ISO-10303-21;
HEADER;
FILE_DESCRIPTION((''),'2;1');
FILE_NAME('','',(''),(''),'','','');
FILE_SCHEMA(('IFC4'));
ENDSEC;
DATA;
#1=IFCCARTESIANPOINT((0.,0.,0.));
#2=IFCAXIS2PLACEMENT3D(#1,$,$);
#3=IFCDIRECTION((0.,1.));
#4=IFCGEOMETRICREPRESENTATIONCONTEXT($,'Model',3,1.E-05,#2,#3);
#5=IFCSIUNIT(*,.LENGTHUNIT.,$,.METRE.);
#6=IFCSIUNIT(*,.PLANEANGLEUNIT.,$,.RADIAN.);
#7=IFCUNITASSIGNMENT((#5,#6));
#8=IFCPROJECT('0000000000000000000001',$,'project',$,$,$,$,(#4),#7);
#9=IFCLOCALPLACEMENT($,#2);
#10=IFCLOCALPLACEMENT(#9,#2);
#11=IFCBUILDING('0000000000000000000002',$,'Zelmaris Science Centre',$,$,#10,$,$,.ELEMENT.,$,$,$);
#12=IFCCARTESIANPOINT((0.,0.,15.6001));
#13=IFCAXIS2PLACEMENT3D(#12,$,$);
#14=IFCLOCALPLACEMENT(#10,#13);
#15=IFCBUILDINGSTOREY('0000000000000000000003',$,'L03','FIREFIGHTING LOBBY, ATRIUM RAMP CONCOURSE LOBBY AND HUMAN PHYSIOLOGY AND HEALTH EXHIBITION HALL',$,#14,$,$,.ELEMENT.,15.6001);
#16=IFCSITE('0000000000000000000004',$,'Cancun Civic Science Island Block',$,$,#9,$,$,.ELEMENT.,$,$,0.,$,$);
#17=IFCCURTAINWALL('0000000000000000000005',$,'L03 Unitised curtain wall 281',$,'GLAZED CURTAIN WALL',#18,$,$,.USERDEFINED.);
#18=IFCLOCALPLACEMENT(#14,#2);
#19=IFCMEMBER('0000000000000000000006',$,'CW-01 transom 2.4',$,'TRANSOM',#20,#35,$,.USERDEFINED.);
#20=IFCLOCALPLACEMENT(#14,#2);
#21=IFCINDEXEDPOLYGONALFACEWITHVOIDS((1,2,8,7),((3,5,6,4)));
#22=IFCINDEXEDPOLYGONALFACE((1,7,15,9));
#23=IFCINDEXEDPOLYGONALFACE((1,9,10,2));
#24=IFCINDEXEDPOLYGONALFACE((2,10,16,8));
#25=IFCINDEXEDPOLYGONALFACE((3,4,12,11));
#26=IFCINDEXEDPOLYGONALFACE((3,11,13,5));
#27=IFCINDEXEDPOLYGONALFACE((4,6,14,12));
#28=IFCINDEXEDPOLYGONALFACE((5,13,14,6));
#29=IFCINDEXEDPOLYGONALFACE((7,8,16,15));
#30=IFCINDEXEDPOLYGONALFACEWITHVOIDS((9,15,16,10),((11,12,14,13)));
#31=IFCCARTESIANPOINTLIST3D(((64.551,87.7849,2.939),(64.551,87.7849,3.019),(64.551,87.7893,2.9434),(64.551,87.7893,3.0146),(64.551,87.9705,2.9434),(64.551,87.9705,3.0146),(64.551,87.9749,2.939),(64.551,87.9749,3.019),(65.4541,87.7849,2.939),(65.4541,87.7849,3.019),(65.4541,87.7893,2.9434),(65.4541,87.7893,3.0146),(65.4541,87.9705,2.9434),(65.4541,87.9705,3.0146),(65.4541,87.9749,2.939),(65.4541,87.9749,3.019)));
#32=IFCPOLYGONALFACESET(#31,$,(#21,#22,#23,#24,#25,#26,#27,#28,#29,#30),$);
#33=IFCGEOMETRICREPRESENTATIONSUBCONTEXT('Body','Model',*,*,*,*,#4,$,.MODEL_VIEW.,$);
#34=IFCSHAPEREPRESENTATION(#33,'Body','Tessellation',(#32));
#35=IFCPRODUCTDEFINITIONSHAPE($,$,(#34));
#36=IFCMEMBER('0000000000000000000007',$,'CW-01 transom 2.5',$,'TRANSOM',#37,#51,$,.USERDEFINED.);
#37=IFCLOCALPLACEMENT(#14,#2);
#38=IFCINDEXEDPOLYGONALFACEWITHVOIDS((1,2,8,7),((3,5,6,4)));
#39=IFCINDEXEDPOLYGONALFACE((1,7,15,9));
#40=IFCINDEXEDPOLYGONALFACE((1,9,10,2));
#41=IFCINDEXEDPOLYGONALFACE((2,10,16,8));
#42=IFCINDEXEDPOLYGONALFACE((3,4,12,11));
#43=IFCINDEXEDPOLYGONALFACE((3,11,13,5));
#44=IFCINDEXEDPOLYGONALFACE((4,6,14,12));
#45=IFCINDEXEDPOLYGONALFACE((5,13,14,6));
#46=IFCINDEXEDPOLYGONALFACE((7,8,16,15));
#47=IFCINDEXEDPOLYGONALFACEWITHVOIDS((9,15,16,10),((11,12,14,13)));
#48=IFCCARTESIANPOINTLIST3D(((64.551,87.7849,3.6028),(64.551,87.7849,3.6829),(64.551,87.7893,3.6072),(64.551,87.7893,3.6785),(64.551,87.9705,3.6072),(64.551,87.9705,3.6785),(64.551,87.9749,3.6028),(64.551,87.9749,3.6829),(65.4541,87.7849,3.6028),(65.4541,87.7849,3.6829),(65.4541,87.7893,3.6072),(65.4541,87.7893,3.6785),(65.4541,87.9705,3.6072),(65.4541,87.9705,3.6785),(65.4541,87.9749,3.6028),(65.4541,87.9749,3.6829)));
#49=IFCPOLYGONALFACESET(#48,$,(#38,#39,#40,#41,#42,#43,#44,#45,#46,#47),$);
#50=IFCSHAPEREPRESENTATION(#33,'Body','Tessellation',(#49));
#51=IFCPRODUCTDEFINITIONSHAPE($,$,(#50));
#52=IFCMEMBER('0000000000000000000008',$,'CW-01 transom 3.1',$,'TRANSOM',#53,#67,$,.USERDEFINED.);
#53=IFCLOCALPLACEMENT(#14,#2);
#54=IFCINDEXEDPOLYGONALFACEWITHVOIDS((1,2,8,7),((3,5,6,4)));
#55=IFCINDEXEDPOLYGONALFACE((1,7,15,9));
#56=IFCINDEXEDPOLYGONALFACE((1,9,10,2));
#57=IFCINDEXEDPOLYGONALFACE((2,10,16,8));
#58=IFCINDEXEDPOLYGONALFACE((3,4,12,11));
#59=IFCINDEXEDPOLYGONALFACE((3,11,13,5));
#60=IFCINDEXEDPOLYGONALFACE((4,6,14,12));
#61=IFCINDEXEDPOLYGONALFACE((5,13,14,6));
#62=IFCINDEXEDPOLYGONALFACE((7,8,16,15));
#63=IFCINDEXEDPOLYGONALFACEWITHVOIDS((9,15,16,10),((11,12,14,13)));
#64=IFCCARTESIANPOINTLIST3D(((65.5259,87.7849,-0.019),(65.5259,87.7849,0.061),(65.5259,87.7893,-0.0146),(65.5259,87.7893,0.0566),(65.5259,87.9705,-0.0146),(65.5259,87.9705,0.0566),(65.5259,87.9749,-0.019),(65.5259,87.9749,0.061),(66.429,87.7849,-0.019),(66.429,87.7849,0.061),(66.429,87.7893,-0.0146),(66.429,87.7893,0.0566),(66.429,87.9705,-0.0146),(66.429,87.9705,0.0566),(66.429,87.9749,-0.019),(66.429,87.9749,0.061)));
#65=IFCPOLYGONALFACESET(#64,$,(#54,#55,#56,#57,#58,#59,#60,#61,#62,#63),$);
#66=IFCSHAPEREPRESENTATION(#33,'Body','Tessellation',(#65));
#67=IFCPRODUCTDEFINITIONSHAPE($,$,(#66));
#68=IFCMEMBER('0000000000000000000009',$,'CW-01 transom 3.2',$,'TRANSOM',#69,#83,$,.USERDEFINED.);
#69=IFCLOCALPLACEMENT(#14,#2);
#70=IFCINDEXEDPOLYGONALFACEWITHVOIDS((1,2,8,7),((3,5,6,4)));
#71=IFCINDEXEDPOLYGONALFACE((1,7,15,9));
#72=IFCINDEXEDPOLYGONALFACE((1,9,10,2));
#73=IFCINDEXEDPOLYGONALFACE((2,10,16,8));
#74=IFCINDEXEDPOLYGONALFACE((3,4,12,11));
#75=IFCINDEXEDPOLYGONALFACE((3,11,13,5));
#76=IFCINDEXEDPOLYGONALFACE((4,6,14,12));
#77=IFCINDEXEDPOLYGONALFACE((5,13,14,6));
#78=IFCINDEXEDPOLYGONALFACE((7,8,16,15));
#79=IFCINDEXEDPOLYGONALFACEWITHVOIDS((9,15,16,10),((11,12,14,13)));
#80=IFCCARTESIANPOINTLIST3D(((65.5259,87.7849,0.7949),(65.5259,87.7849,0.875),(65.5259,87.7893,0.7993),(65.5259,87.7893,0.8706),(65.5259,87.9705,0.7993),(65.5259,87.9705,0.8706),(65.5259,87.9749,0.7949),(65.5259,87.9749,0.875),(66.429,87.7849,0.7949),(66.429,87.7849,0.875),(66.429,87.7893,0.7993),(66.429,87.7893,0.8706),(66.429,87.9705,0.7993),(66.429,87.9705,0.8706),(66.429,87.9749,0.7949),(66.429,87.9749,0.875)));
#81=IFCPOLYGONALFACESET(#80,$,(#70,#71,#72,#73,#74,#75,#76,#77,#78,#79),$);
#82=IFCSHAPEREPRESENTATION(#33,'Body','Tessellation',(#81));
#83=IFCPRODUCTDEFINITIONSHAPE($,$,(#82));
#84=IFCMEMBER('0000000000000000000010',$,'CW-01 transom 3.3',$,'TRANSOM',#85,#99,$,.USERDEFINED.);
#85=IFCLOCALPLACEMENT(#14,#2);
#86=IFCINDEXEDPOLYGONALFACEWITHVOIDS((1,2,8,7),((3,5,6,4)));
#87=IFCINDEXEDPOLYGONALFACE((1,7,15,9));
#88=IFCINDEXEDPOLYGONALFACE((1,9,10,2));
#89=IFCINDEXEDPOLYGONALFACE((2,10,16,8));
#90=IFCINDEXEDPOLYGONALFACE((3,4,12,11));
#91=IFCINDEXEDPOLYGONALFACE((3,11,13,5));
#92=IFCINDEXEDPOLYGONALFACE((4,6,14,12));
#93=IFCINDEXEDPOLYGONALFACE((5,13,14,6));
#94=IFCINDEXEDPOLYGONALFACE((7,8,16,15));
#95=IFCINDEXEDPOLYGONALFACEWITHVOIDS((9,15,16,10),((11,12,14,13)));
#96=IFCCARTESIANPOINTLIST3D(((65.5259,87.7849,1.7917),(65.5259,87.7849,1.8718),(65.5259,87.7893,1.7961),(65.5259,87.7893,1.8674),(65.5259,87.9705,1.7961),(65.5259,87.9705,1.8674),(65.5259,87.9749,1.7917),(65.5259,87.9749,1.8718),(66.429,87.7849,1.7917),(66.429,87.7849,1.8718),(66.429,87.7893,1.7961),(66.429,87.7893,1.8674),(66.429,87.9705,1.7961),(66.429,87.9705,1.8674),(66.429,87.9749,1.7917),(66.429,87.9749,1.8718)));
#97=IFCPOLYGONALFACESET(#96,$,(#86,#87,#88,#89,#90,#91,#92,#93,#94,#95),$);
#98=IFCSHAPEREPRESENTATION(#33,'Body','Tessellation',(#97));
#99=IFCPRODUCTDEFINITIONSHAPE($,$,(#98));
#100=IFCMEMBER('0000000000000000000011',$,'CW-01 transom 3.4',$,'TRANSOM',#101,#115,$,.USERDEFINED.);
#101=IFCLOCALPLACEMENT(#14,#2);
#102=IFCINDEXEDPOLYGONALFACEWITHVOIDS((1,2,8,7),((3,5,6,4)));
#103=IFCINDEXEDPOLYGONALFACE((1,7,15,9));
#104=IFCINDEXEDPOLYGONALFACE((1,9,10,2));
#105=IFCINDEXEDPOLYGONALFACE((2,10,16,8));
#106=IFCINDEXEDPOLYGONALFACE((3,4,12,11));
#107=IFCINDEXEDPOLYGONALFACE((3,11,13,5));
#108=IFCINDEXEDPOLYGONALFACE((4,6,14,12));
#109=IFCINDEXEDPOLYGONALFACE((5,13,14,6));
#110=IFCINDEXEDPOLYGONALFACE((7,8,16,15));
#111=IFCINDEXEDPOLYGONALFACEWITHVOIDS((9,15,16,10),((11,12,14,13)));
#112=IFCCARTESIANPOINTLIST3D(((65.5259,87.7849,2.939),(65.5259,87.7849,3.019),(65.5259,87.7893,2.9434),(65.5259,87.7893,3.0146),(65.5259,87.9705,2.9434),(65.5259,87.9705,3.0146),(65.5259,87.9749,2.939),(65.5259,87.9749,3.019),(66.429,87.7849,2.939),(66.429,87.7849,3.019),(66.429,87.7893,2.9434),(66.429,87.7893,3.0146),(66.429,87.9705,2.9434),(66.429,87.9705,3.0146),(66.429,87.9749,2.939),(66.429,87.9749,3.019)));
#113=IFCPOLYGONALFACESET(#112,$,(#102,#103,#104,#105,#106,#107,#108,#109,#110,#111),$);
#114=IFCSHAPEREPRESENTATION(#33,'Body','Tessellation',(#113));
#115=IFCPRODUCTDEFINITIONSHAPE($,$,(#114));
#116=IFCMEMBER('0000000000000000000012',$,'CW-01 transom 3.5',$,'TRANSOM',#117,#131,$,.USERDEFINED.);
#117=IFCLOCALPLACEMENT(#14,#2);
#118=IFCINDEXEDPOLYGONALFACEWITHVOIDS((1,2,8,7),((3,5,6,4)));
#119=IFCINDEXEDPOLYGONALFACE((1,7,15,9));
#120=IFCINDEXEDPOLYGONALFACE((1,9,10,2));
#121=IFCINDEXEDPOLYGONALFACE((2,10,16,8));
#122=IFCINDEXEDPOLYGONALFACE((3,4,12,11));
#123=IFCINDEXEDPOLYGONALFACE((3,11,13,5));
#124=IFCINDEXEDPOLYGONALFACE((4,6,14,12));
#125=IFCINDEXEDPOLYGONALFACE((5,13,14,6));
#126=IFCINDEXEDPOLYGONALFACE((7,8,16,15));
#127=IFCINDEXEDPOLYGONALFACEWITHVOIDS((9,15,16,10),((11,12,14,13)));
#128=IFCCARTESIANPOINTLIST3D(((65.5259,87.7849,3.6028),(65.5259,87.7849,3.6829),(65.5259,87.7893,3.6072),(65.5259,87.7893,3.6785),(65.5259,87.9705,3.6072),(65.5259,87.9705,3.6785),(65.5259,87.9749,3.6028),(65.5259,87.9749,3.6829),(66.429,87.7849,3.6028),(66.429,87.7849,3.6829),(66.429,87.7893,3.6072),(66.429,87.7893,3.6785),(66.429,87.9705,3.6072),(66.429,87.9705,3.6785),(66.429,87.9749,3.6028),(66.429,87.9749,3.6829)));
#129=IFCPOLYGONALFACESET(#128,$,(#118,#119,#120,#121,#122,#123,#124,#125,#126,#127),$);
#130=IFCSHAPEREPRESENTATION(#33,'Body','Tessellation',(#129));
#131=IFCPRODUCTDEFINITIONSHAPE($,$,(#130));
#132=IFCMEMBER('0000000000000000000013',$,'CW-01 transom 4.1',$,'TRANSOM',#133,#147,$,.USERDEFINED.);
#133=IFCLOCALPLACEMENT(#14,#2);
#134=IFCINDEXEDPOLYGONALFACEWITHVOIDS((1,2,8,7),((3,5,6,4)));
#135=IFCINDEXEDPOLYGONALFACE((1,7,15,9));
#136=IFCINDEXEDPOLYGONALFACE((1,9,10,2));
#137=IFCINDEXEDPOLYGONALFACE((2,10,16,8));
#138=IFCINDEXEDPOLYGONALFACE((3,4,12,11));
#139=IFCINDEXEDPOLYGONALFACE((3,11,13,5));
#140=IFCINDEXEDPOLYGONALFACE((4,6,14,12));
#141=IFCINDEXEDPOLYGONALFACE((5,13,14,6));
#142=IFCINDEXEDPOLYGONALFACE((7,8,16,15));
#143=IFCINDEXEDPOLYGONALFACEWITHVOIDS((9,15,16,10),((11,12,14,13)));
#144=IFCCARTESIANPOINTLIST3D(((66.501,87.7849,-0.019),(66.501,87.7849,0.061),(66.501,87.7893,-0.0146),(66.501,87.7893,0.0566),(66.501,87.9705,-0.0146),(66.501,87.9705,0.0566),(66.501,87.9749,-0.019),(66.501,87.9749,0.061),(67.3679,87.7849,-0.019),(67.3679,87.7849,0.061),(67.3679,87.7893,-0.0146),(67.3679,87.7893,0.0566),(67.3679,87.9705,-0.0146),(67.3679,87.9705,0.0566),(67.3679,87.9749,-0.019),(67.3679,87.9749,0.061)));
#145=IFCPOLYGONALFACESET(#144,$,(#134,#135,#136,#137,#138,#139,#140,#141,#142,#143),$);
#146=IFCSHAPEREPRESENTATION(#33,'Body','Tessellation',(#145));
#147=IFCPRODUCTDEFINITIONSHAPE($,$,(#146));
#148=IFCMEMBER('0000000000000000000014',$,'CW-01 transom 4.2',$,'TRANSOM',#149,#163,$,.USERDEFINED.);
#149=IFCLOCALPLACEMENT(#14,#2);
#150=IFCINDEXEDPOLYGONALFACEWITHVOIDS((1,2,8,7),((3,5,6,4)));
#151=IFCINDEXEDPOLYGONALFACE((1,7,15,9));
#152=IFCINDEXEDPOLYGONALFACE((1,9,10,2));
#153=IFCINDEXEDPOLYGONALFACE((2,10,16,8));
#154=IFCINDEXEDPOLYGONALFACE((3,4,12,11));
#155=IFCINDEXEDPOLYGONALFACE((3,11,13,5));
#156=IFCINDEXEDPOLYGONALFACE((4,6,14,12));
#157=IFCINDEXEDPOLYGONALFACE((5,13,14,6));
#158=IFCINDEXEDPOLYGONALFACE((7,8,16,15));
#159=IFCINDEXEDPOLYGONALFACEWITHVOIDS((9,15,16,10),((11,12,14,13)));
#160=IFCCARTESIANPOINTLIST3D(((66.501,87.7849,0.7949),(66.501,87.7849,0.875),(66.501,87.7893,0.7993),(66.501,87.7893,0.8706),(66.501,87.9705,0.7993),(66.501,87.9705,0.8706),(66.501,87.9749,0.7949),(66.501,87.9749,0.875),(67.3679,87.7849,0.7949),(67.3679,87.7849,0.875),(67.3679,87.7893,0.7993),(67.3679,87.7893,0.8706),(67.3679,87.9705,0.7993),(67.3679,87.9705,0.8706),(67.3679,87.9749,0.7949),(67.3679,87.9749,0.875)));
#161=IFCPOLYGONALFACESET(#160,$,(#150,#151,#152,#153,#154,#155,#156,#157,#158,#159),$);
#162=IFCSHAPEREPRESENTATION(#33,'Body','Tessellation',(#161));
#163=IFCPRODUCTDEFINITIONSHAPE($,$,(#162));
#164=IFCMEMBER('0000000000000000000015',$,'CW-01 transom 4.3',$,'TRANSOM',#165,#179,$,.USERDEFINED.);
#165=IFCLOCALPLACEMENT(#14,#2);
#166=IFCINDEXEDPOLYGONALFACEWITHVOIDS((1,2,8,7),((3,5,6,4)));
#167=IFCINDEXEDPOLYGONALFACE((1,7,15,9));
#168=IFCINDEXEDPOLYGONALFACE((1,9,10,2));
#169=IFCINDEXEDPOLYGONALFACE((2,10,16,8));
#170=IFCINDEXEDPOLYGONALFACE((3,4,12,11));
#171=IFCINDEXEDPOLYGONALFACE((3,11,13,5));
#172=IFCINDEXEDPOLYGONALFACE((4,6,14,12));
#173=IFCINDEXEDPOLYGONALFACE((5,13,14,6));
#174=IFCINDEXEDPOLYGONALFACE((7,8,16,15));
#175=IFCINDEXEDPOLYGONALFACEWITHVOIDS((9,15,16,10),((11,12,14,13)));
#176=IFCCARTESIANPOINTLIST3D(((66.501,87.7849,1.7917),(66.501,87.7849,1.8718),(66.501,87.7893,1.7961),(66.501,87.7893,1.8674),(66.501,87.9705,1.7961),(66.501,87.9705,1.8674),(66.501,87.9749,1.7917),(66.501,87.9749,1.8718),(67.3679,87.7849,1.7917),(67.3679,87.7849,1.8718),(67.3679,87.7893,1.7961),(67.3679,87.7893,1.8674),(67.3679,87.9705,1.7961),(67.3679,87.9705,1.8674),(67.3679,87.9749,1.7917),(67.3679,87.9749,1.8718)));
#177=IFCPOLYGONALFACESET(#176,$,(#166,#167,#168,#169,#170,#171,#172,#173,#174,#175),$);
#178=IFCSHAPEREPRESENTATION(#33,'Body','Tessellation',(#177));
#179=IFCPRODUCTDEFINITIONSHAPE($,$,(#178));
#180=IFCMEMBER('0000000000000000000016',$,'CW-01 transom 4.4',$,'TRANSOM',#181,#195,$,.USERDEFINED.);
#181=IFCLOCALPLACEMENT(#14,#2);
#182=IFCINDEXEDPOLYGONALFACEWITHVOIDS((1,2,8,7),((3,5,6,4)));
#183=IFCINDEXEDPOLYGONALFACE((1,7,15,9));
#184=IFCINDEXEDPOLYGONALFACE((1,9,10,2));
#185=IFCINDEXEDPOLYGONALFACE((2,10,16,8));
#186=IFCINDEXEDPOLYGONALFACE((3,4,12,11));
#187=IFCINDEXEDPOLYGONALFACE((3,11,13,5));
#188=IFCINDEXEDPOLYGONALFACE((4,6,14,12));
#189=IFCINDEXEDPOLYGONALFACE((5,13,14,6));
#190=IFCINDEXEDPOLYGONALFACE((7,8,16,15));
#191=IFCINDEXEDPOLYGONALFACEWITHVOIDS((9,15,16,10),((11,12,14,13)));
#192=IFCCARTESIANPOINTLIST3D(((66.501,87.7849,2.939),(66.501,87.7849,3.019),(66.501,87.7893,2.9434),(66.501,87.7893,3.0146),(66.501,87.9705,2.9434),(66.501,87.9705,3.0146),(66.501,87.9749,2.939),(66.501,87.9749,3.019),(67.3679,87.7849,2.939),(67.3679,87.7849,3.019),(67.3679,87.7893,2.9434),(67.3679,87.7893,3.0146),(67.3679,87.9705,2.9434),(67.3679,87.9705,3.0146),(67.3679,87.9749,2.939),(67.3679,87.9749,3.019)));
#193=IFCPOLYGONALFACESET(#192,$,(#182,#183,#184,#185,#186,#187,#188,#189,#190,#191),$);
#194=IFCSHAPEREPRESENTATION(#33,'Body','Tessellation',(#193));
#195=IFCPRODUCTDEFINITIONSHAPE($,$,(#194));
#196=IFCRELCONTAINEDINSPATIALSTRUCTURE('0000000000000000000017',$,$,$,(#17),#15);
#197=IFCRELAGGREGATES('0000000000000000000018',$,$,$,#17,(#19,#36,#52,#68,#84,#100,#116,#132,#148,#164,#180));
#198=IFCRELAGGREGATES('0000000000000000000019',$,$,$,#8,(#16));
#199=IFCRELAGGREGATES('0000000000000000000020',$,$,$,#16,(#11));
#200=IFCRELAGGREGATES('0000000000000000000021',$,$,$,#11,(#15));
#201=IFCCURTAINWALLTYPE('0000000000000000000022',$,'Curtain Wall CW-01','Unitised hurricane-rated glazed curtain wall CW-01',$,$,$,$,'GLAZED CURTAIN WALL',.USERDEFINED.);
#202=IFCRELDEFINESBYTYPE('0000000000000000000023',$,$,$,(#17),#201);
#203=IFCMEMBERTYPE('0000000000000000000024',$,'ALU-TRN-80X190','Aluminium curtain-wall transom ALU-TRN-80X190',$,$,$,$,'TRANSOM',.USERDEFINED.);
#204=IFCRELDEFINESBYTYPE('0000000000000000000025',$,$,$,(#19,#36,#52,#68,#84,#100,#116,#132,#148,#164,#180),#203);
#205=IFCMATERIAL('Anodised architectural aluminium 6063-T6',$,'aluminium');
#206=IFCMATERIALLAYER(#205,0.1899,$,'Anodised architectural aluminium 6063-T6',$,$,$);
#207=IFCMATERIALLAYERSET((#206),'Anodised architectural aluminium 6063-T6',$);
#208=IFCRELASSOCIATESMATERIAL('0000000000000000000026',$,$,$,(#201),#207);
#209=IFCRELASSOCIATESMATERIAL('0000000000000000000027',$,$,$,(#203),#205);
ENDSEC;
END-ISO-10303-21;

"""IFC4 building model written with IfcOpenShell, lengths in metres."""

from ifc_helpers import new_model, si_unit, direction, frame, origin, origin_2d, place, context, subcontext, project, spatial, hollow_rectangle, extrude, material, layer, layer_set, material_profile, profile_set, type_object, element, aggregate, save


model = new_model("IFC4")

# Units and contexts
model_context = context("Model", 3, precision=1e-05, world=origin(), true_north=direction((0.0, 1.0)))
body_context = subcontext(model_context, "Body", "Model", "MODEL_VIEW")
ifc_project = project(units=[si_unit("LENGTHUNIT", "METRE"), si_unit("PLANEANGLEUNIT", "RADIAN")], contexts=[model_context])

# Site, building, storey
site_placement = place(None, origin())
site = spatial("IfcSite", under=ifc_project, at=site_placement, Name="Cancun Civic Science Island Block", CompositionType="ELEMENT", RefElevation=0.0)
building_placement = place(site_placement, origin())
building = spatial("IfcBuilding", under=site, at=building_placement, Name="Zelmaris Science Centre", CompositionType="ELEMENT")
storey_placement = place(building_placement, frame((0.0, 0.0, 15.6001)))
storey = spatial("IfcBuildingStorey", under=building, at=storey_placement, Name="L03", Description="FIREFIGHTING LOBBY, ATRIUM RAMP CONCOURSE LOBBY AND HUMAN PHYSIOLOGY AND HEALTH EXHIBITION HALL", CompositionType="ELEMENT", Elevation=15.6001)

# Curtain wall, members
ifc_material_1 = material(Name="Anodised architectural aluminium 6063-T6", Category="aluminium")
ifc_layer_1 = layer(ifc_material_1, 0.1899, Name="Anodised architectural aluminium 6063-T6")
ifc_layer_set_1 = layer_set([ifc_layer_1], Name="Anodised architectural aluminium 6063-T6")
curtain_wall_type = type_object("IfcCurtainWallType", Name="Curtain Wall CW-01", Description="Unitised hurricane-rated glazed curtain wall CW-01", ElementType="GLAZED CURTAIN WALL", PredefinedType="USERDEFINED", material=ifc_layer_set_1)
curtain_wall_placement = place(storey_placement, origin())
curtain_wall = element("IfcCurtainWall", 1, at=curtain_wall_placement, inside=storey, type_object=curtain_wall_type, Name="L03 Unitised curtain wall 281", ObjectType="GLAZED CURTAIN WALL", PredefinedType="USERDEFINED")
ifc_material_profile_1 = material_profile(ifc_material_1, hollow_rectangle(XDim=0.0801, YDim=0.1899, WallThickness=0.0044, at=origin_2d()), Name="ALU-TRN-80X190")
ifc_profile_set_1 = profile_set([ifc_material_profile_1], Name="Anodised architectural aluminium 6063-T6")
member_type_1 = type_object("IfcMemberType", Name="ALU-TRN-80X190", Description="Aluminium curtain-wall transom ALU-TRN-80X190", ElementType="TRANSOM", PredefinedType="USERDEFINED", material=ifc_profile_set_1)
member_1_placement = place(storey_placement, frame((64.551, 87.8799, 2.979), z_axis=(1.0, 0.0, 0.0), x_axis=(0.0, 0.0, 1.0)))
member_1 = element("IfcMember", 2, at=member_1_placement, type_object=member_type_1, Name="CW-01 transom 2.4", ObjectType="TRANSOM", PredefinedType="USERDEFINED", context=body_context, shape_type="SweptSolid", body=[
    extrude(hollow_rectangle(XDim=0.0801, YDim=0.1899, WallThickness=0.0044, at=origin_2d()), origin(), (0.0, 0.0, 1.0), 0.9031),
])
member_2_placement = place(storey_placement, frame((64.551, 87.8799, 3.6428), z_axis=(1.0, 0.0, 0.0), x_axis=(0.0, 0.0, 1.0)))
member_2 = element("IfcMember", 3, at=member_2_placement, type_object=member_type_1, Name="CW-01 transom 2.5", ObjectType="TRANSOM", PredefinedType="USERDEFINED", context=body_context, shape_type="SweptSolid", body=[
    extrude(hollow_rectangle(XDim=0.0801, YDim=0.1899, WallThickness=0.0044, at=origin_2d()), origin(), (0.0, 0.0, 1.0), 0.9031),
])
member_3_placement = place(storey_placement, frame((65.5259, 87.8799, 0.021), z_axis=(1.0, 0.0, 0.0), x_axis=(0.0, 0.0, 1.0)))
member_3 = element("IfcMember", 4, at=member_3_placement, type_object=member_type_1, Name="CW-01 transom 3.1", ObjectType="TRANSOM", PredefinedType="USERDEFINED", context=body_context, shape_type="SweptSolid", body=[
    extrude(hollow_rectangle(XDim=0.0801, YDim=0.1899, WallThickness=0.0044, at=origin_2d()), origin(), (0.0, 0.0, 1.0), 0.9031),
])
member_4_placement = place(storey_placement, frame((65.5259, 87.8799, 0.835), z_axis=(1.0, 0.0, 0.0), x_axis=(0.0, 0.0, 1.0)))
member_4 = element("IfcMember", 5, at=member_4_placement, type_object=member_type_1, Name="CW-01 transom 3.2", ObjectType="TRANSOM", PredefinedType="USERDEFINED", context=body_context, shape_type="SweptSolid", body=[
    extrude(hollow_rectangle(XDim=0.0801, YDim=0.1899, WallThickness=0.0044, at=origin_2d()), origin(), (0.0, 0.0, 1.0), 0.9031),
])
member_5_placement = place(storey_placement, frame((65.5259, 87.8799, 1.8318), z_axis=(1.0, 0.0, 0.0), x_axis=(0.0, 0.0, 1.0)))
member_5 = element("IfcMember", 6, at=member_5_placement, type_object=member_type_1, Name="CW-01 transom 3.3", ObjectType="TRANSOM", PredefinedType="USERDEFINED", context=body_context, shape_type="SweptSolid", body=[
    extrude(hollow_rectangle(XDim=0.0801, YDim=0.1899, WallThickness=0.0044, at=origin_2d()), origin(), (0.0, 0.0, 1.0), 0.9031),
])
member_6_placement = place(storey_placement, frame((65.5259, 87.8799, 2.979), z_axis=(1.0, 0.0, 0.0), x_axis=(0.0, 0.0, 1.0)))
member_6 = element("IfcMember", 7, at=member_6_placement, type_object=member_type_1, Name="CW-01 transom 3.4", ObjectType="TRANSOM", PredefinedType="USERDEFINED", context=body_context, shape_type="SweptSolid", body=[
    extrude(hollow_rectangle(XDim=0.0801, YDim=0.1899, WallThickness=0.0044, at=origin_2d()), origin(), (0.0, 0.0, 1.0), 0.9031),
])
member_7_placement = place(storey_placement, frame((65.5259, 87.8799, 3.6428), z_axis=(1.0, 0.0, 0.0), x_axis=(0.0, 0.0, 1.0)))
member_7 = element("IfcMember", 8, at=member_7_placement, type_object=member_type_1, Name="CW-01 transom 3.5", ObjectType="TRANSOM", PredefinedType="USERDEFINED", context=body_context, shape_type="SweptSolid", body=[
    extrude(hollow_rectangle(XDim=0.0801, YDim=0.1899, WallThickness=0.0044, at=origin_2d()), origin(), (0.0, 0.0, 1.0), 0.9031),
])
member_8_placement = place(storey_placement, frame((66.501, 87.8799, 0.021), z_axis=(1.0, 0.0, 0.0), x_axis=(0.0, 0.0, 1.0)))
member_8 = element("IfcMember", 9, at=member_8_placement, type_object=member_type_1, Name="CW-01 transom 4.1", ObjectType="TRANSOM", PredefinedType="USERDEFINED", context=body_context, shape_type="SweptSolid", body=[
    extrude(hollow_rectangle(XDim=0.0801, YDim=0.1899, WallThickness=0.0044, at=origin_2d()), origin(), (0.0, 0.0, 1.0), 0.8669),
])
member_9_placement = place(storey_placement, frame((66.501, 87.8799, 0.835), z_axis=(1.0, 0.0, 0.0), x_axis=(0.0, 0.0, 1.0)))
member_9 = element("IfcMember", 10, at=member_9_placement, type_object=member_type_1, Name="CW-01 transom 4.2", ObjectType="TRANSOM", PredefinedType="USERDEFINED", context=body_context, shape_type="SweptSolid", body=[
    extrude(hollow_rectangle(XDim=0.0801, YDim=0.1899, WallThickness=0.0044, at=origin_2d()), origin(), (0.0, 0.0, 1.0), 0.8669),
])
member_10_placement = place(storey_placement, frame((66.501, 87.8799, 1.8318), z_axis=(1.0, 0.0, 0.0), x_axis=(0.0, 0.0, 1.0)))
member_10 = element("IfcMember", 11, at=member_10_placement, type_object=member_type_1, Name="CW-01 transom 4.3", ObjectType="TRANSOM", PredefinedType="USERDEFINED", context=body_context, shape_type="SweptSolid", body=[
    extrude(hollow_rectangle(XDim=0.0801, YDim=0.1899, WallThickness=0.0044, at=origin_2d()), origin(), (0.0, 0.0, 1.0), 0.8669),
])
member_11_placement = place(storey_placement, frame((66.501, 87.8799, 2.979), z_axis=(1.0, 0.0, 0.0), x_axis=(0.0, 0.0, 1.0)))
member_11 = element("IfcMember", 12, at=member_11_placement, type_object=member_type_1, Name="CW-01 transom 4.4", ObjectType="TRANSOM", PredefinedType="USERDEFINED", context=body_context, shape_type="SweptSolid", body=[
    extrude(hollow_rectangle(XDim=0.0801, YDim=0.1899, WallThickness=0.0044, at=origin_2d()), origin(), (0.0, 0.0, 1.0), 0.8669),
])
aggregate(curtain_wall, [member_1, member_2, member_3, member_4, member_5, member_6, member_7, member_8, member_9, member_10, member_11])

save(model, "model.ifc")
